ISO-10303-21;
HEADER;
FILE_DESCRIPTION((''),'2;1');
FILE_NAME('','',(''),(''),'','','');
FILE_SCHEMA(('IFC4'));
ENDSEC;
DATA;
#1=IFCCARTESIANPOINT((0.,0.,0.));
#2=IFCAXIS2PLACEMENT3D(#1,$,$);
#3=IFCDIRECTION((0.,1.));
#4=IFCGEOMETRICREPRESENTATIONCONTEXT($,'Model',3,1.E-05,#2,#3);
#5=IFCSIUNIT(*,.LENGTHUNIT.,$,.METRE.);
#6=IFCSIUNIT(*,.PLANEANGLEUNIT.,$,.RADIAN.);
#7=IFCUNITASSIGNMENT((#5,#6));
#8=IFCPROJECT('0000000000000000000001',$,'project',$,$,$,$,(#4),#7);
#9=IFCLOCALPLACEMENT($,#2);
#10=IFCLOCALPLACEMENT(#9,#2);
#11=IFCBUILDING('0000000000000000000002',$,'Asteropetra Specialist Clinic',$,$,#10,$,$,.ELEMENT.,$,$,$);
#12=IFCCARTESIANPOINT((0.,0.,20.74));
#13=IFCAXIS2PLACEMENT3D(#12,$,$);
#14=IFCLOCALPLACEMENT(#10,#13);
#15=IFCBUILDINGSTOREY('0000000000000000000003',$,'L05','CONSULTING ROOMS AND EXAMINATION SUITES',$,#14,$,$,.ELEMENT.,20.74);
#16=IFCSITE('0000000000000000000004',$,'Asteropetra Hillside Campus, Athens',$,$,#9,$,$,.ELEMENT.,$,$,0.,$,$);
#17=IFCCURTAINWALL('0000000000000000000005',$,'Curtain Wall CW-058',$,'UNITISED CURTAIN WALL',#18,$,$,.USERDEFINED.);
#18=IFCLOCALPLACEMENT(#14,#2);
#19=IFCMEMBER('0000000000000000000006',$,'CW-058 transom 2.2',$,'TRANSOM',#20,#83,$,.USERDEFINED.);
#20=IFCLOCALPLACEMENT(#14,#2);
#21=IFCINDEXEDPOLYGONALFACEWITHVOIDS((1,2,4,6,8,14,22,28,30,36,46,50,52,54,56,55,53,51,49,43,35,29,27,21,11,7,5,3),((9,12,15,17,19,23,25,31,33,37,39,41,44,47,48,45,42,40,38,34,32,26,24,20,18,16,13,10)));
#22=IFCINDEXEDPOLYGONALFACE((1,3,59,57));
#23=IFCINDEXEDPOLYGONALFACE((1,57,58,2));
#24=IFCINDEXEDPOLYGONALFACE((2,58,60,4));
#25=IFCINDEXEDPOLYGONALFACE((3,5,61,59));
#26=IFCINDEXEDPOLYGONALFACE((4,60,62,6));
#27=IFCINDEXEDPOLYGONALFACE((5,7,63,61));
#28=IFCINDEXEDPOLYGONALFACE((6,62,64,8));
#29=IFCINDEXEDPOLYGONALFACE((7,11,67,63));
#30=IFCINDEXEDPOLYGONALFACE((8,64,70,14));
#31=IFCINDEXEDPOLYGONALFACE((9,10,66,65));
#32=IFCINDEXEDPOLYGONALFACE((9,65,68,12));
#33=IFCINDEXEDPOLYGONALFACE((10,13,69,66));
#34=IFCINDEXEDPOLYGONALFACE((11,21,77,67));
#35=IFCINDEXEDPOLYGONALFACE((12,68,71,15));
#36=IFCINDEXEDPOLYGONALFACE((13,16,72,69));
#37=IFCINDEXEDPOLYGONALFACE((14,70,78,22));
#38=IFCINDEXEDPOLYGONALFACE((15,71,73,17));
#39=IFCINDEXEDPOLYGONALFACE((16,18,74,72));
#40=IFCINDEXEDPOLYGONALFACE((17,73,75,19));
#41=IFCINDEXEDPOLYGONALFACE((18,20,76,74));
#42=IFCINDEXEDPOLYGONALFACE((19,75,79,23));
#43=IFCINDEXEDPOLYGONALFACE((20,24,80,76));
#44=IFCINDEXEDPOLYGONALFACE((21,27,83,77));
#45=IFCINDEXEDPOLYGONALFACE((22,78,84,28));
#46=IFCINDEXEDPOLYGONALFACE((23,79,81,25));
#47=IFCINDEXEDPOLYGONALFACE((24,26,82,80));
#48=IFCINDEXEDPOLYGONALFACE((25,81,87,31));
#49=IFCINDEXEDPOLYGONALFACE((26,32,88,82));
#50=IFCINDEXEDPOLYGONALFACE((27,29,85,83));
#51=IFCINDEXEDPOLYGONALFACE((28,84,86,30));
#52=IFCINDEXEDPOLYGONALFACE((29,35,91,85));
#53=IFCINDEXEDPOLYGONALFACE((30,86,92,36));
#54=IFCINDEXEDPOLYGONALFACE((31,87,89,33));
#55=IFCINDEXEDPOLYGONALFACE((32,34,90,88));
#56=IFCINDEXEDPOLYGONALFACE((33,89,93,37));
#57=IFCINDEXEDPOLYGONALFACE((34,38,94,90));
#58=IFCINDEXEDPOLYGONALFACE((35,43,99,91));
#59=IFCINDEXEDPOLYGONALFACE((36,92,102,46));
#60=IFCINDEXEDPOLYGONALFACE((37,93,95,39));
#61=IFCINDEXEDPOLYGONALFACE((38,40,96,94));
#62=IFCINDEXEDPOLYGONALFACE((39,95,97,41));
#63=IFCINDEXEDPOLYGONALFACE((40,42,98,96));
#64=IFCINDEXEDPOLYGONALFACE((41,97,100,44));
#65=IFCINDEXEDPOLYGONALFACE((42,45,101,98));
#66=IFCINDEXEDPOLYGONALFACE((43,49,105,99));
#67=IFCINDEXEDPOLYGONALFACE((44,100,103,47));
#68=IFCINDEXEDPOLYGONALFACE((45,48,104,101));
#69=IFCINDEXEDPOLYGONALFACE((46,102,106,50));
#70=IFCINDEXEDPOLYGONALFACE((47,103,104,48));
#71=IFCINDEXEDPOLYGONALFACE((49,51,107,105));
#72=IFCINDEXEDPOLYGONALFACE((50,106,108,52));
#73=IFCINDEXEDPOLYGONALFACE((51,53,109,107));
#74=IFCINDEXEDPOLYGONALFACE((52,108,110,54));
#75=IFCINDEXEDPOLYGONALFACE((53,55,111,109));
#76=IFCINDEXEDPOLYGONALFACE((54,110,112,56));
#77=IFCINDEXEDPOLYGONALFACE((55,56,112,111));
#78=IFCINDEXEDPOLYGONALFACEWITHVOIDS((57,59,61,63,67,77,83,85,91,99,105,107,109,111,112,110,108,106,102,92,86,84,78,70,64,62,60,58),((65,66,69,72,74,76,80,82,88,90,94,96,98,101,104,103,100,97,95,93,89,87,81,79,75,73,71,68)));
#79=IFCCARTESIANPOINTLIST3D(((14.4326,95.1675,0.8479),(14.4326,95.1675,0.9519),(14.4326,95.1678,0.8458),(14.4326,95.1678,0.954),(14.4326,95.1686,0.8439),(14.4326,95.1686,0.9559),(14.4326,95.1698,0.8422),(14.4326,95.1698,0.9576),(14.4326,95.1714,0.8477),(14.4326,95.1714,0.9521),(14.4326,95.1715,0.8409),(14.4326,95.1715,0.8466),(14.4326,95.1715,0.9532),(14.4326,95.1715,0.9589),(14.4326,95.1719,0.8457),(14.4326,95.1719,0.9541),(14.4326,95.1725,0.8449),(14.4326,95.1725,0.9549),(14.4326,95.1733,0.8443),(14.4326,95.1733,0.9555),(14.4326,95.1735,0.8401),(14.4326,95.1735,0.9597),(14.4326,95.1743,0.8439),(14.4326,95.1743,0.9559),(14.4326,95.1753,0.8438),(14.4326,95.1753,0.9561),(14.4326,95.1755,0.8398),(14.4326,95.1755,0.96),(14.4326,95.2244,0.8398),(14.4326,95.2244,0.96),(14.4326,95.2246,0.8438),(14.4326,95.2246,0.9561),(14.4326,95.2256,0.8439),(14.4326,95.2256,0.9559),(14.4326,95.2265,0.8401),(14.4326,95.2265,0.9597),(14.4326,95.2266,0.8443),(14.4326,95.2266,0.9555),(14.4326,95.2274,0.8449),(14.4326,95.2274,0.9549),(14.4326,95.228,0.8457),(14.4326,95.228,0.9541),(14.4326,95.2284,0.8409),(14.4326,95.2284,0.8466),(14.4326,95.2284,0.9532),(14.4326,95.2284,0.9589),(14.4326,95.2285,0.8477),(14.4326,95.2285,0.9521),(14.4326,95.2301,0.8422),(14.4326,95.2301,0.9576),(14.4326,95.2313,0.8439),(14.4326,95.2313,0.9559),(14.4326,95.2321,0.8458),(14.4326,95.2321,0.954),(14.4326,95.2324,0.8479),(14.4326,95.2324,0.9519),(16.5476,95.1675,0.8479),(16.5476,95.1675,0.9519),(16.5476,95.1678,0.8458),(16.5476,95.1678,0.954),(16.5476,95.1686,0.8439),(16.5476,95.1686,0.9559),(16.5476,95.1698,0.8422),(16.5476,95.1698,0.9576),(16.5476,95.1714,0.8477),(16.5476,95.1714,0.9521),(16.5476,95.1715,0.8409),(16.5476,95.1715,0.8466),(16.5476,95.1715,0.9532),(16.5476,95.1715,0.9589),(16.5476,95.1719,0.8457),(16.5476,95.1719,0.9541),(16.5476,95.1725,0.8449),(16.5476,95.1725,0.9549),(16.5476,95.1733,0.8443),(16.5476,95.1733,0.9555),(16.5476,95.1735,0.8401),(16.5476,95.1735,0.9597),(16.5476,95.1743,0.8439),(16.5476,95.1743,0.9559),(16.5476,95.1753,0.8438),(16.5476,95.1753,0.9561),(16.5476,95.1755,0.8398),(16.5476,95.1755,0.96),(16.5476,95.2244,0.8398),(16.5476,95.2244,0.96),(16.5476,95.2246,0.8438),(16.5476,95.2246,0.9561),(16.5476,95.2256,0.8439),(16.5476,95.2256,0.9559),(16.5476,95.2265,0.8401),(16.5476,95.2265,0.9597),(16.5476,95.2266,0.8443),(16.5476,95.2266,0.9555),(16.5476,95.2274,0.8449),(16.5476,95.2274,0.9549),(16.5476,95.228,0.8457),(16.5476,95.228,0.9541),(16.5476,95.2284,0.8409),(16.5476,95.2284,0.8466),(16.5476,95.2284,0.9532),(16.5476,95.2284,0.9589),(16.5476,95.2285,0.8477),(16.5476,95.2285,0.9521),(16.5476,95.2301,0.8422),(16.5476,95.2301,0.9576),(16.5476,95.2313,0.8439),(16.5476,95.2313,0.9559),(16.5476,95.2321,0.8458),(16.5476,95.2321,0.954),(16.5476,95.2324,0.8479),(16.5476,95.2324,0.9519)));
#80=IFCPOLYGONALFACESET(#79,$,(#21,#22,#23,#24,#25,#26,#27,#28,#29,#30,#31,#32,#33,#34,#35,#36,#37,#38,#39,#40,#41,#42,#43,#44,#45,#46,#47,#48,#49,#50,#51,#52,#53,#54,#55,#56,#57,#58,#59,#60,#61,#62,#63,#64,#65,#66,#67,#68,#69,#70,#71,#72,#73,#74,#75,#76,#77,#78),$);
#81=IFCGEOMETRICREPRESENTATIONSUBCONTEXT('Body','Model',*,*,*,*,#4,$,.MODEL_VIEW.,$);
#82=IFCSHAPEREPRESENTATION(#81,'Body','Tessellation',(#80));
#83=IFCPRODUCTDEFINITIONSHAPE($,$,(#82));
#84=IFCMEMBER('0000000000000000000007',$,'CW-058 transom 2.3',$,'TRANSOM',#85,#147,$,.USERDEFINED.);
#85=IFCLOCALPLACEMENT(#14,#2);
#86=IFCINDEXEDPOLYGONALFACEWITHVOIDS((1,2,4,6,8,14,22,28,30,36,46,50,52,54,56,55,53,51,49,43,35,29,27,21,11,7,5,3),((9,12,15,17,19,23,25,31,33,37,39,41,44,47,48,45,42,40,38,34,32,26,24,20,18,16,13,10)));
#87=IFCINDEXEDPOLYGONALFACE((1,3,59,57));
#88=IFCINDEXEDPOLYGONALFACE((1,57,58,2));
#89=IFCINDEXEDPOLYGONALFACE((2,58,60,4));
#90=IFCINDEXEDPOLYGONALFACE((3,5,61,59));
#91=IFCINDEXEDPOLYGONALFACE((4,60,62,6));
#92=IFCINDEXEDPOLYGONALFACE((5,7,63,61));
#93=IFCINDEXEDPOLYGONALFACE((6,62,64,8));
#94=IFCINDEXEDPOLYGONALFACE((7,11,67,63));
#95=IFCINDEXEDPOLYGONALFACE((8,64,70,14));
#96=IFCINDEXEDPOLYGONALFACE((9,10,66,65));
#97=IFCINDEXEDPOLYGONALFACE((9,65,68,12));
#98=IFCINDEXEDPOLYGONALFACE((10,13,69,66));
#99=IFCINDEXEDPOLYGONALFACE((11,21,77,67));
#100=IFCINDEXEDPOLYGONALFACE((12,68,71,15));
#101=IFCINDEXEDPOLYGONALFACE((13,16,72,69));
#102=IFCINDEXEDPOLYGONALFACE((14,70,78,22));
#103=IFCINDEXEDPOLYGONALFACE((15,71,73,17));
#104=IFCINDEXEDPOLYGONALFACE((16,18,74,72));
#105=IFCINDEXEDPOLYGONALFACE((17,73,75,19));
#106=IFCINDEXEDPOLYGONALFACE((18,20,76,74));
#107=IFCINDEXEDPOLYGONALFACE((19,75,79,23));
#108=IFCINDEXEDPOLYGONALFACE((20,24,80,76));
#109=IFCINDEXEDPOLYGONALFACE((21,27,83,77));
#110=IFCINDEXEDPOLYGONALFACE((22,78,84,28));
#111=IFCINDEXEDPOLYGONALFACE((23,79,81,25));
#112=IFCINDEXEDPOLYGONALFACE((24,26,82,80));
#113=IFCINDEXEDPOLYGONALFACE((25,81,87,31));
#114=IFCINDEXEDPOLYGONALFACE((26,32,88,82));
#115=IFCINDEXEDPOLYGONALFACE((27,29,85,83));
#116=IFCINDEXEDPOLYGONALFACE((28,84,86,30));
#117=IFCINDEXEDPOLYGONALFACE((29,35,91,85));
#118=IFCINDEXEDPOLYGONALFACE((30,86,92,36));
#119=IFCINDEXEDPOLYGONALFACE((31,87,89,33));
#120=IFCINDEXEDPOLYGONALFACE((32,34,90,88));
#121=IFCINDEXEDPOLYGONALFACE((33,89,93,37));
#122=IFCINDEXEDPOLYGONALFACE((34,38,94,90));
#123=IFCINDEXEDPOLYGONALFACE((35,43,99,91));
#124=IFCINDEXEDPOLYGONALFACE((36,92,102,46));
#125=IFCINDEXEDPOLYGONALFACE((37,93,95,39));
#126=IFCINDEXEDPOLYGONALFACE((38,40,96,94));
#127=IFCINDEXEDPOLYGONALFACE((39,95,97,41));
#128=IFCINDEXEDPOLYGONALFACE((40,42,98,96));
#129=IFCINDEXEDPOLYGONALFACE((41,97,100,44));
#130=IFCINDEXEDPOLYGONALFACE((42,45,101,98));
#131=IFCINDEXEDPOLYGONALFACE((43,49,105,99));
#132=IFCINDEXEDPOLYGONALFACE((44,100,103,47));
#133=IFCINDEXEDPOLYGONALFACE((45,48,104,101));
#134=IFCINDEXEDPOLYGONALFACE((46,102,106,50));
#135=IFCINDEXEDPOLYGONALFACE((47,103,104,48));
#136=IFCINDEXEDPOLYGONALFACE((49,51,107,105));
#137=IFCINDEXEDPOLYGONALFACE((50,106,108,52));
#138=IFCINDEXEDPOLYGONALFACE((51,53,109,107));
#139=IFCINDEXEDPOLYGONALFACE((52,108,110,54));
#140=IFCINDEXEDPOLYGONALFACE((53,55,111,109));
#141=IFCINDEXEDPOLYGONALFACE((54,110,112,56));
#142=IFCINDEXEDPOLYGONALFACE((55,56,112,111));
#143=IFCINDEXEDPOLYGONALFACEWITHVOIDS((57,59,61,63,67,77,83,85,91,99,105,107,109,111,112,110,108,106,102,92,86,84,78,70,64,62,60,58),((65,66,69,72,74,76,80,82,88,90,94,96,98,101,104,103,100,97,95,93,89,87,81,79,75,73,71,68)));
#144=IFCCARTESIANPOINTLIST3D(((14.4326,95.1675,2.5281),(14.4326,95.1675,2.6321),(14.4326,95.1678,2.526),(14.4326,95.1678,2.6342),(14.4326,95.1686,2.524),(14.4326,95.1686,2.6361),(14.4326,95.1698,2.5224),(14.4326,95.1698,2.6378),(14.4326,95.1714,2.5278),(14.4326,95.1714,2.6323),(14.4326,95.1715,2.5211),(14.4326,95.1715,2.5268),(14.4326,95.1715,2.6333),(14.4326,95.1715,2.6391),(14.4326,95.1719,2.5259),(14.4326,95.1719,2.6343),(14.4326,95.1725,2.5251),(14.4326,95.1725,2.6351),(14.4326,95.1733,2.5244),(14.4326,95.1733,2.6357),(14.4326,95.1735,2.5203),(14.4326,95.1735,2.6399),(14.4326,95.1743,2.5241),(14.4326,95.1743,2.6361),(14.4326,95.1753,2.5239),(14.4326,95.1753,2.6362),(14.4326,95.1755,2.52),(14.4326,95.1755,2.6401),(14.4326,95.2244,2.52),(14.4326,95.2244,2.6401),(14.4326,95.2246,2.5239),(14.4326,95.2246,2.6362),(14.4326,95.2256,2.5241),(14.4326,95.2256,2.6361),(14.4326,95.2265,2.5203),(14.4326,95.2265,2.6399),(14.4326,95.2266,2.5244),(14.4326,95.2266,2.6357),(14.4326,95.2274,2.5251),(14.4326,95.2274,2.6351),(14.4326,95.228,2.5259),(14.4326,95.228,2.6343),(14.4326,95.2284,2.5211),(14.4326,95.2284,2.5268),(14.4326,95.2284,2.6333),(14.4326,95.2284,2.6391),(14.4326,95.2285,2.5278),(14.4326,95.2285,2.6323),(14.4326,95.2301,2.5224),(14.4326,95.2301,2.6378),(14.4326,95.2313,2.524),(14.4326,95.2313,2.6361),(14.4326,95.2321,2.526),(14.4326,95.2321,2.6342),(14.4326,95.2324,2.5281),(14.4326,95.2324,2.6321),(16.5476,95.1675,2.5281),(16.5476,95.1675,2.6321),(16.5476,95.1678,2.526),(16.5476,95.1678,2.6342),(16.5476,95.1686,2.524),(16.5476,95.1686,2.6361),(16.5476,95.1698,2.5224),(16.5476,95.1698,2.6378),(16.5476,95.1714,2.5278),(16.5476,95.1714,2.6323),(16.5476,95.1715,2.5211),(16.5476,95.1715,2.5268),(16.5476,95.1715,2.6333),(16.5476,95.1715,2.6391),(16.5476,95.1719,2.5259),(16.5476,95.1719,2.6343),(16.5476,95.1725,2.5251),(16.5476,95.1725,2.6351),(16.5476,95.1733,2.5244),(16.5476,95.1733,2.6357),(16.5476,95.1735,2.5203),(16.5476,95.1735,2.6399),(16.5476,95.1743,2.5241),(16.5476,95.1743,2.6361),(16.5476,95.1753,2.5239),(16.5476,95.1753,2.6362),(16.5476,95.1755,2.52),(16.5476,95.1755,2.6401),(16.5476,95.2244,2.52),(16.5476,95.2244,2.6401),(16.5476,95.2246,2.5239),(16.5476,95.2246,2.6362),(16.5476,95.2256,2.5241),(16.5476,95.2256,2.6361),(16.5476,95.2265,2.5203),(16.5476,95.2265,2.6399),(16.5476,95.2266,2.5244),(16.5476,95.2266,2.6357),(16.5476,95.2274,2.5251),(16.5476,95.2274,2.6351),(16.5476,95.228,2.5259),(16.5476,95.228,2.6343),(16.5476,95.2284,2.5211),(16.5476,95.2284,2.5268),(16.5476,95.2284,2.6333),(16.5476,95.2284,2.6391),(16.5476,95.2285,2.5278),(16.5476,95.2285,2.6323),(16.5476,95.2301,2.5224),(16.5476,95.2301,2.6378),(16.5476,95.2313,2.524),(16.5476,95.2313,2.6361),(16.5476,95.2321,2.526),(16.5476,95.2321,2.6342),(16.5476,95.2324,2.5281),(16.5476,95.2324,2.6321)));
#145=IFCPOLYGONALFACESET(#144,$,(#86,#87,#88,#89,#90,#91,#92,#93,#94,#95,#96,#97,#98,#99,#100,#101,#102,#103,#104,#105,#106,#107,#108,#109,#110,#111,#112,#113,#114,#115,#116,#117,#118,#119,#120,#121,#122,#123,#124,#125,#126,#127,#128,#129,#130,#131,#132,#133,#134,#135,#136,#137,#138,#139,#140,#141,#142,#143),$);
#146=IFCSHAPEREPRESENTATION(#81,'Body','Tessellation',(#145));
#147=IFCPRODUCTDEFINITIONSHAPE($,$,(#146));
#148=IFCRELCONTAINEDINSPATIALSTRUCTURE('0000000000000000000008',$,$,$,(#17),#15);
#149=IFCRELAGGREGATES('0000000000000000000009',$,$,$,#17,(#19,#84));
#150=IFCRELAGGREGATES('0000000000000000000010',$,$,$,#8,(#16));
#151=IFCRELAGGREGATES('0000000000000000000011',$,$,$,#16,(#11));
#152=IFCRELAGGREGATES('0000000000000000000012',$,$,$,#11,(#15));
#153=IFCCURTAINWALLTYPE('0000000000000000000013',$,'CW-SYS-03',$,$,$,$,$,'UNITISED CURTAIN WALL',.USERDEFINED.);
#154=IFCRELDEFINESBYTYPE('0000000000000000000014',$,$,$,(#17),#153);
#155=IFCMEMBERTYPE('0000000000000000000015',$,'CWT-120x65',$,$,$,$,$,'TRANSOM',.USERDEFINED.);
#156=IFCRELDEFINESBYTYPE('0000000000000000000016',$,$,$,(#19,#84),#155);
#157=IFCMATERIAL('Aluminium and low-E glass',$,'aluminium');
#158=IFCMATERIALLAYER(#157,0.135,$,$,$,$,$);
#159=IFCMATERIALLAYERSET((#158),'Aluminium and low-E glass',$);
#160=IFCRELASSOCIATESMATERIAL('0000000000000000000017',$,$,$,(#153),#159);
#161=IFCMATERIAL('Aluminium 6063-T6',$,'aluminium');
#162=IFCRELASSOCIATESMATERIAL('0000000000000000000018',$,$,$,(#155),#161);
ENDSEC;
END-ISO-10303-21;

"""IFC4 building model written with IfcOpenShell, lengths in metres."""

from ifc_helpers import new_model, si_unit, direction, frame, origin, origin_2d, place, context, subcontext, project, spatial, hollow_rectangle, extrude, material, layer, layer_set, material_profile, profile_set, type_object, element, aggregate, save


model = new_model("IFC4")

# Units and contexts
model_context = context("Model", 3, precision=1e-05, world=origin(), true_north=direction((0.0, 1.0)))
body_context = subcontext(model_context, "Body", "Model", "MODEL_VIEW")
ifc_project = project(units=[si_unit("LENGTHUNIT", "METRE"), si_unit("PLANEANGLEUNIT", "RADIAN")], contexts=[model_context])

# Site, building, storey
site_placement = place(None, origin())
site = spatial("IfcSite", under=ifc_project, at=site_placement, Name="Asteropetra Hillside Campus, Athens", CompositionType="ELEMENT", RefElevation=0.0)
building_placement = place(site_placement, origin())
building = spatial("IfcBuilding", under=site, at=building_placement, Name="Asteropetra Specialist Clinic", CompositionType="ELEMENT")
storey_placement = place(building_placement, frame((0.0, 0.0, 20.74)))
storey = spatial("IfcBuildingStorey", under=building, at=storey_placement, Name="L05", Description="CONSULTING ROOMS AND EXAMINATION SUITES", CompositionType="ELEMENT", Elevation=20.74)

# Curtain wall, members
ifc_material_1 = material(Name="Aluminium and low-E glass", Category="aluminium")
ifc_layer_1 = layer(ifc_material_1, 0.135)
ifc_layer_set_1 = layer_set([ifc_layer_1], Name="Aluminium and low-E glass")
curtain_wall_type = type_object("IfcCurtainWallType", Name="CW-SYS-03", ElementType="UNITISED CURTAIN WALL", PredefinedType="USERDEFINED", material=ifc_layer_set_1)
curtain_wall_placement = place(storey_placement, origin())
curtain_wall = element("IfcCurtainWall", 1, at=curtain_wall_placement, inside=storey, type_object=curtain_wall_type, Name="Curtain Wall CW-058", ObjectType="UNITISED CURTAIN WALL", PredefinedType="USERDEFINED")
ifc_material_2 = material(Name="Aluminium 6063-T6", Category="aluminium")
ifc_material_profile_1 = material_profile(ifc_material_2, hollow_rectangle(XDim=0.0649, YDim=0.1201, WallThickness=0.0039, InnerFilletRadius=0.0039, OuterFilletRadius=0.0081, at=origin_2d()), Name="TRN 120x65x4.0")
ifc_profile_set_1 = profile_set([ifc_material_profile_1], Name="Aluminium 6063-T6")
member_type_1 = type_object("IfcMemberType", Name="CWT-120x65", ElementType="TRANSOM", PredefinedType="USERDEFINED", material=ifc_profile_set_1)
member_1_placement = place(storey_placement, frame((16.5476, 95.2, 0.8999), z_axis=(-1.0, 0.0, 0.0), x_axis=(0.0, -1.0, 0.0)))
member_1 = element("IfcMember", 2, at=member_1_placement, type_object=member_type_1, Name="CW-058 transom 2.2", ObjectType="TRANSOM", PredefinedType="USERDEFINED", context=body_context, shape_type="SweptSolid", body=[
    extrude(hollow_rectangle(XDim=0.0649, YDim=0.1201, WallThickness=0.0039, InnerFilletRadius=0.0039, OuterFilletRadius=0.0081, at=origin_2d()), origin(), (0.0, 0.0, 1.0), 2.115),
])
member_2_placement = place(storey_placement, frame((16.5476, 95.2, 2.5801), z_axis=(-1.0, 0.0, 0.0), x_axis=(0.0, -1.0, 0.0)))
member_2 = element("IfcMember", 3, at=member_2_placement, type_object=member_type_1, Name="CW-058 transom 2.3", ObjectType="TRANSOM", PredefinedType="USERDEFINED", context=body_context, shape_type="SweptSolid", body=[
    extrude(hollow_rectangle(XDim=0.0649, YDim=0.1201, WallThickness=0.0039, InnerFilletRadius=0.0039, OuterFilletRadius=0.0081, at=origin_2d()), origin(), (0.0, 0.0, 1.0), 2.115),
])
aggregate(curtain_wall, [member_1, member_2])

save(model, "model.ifc")
